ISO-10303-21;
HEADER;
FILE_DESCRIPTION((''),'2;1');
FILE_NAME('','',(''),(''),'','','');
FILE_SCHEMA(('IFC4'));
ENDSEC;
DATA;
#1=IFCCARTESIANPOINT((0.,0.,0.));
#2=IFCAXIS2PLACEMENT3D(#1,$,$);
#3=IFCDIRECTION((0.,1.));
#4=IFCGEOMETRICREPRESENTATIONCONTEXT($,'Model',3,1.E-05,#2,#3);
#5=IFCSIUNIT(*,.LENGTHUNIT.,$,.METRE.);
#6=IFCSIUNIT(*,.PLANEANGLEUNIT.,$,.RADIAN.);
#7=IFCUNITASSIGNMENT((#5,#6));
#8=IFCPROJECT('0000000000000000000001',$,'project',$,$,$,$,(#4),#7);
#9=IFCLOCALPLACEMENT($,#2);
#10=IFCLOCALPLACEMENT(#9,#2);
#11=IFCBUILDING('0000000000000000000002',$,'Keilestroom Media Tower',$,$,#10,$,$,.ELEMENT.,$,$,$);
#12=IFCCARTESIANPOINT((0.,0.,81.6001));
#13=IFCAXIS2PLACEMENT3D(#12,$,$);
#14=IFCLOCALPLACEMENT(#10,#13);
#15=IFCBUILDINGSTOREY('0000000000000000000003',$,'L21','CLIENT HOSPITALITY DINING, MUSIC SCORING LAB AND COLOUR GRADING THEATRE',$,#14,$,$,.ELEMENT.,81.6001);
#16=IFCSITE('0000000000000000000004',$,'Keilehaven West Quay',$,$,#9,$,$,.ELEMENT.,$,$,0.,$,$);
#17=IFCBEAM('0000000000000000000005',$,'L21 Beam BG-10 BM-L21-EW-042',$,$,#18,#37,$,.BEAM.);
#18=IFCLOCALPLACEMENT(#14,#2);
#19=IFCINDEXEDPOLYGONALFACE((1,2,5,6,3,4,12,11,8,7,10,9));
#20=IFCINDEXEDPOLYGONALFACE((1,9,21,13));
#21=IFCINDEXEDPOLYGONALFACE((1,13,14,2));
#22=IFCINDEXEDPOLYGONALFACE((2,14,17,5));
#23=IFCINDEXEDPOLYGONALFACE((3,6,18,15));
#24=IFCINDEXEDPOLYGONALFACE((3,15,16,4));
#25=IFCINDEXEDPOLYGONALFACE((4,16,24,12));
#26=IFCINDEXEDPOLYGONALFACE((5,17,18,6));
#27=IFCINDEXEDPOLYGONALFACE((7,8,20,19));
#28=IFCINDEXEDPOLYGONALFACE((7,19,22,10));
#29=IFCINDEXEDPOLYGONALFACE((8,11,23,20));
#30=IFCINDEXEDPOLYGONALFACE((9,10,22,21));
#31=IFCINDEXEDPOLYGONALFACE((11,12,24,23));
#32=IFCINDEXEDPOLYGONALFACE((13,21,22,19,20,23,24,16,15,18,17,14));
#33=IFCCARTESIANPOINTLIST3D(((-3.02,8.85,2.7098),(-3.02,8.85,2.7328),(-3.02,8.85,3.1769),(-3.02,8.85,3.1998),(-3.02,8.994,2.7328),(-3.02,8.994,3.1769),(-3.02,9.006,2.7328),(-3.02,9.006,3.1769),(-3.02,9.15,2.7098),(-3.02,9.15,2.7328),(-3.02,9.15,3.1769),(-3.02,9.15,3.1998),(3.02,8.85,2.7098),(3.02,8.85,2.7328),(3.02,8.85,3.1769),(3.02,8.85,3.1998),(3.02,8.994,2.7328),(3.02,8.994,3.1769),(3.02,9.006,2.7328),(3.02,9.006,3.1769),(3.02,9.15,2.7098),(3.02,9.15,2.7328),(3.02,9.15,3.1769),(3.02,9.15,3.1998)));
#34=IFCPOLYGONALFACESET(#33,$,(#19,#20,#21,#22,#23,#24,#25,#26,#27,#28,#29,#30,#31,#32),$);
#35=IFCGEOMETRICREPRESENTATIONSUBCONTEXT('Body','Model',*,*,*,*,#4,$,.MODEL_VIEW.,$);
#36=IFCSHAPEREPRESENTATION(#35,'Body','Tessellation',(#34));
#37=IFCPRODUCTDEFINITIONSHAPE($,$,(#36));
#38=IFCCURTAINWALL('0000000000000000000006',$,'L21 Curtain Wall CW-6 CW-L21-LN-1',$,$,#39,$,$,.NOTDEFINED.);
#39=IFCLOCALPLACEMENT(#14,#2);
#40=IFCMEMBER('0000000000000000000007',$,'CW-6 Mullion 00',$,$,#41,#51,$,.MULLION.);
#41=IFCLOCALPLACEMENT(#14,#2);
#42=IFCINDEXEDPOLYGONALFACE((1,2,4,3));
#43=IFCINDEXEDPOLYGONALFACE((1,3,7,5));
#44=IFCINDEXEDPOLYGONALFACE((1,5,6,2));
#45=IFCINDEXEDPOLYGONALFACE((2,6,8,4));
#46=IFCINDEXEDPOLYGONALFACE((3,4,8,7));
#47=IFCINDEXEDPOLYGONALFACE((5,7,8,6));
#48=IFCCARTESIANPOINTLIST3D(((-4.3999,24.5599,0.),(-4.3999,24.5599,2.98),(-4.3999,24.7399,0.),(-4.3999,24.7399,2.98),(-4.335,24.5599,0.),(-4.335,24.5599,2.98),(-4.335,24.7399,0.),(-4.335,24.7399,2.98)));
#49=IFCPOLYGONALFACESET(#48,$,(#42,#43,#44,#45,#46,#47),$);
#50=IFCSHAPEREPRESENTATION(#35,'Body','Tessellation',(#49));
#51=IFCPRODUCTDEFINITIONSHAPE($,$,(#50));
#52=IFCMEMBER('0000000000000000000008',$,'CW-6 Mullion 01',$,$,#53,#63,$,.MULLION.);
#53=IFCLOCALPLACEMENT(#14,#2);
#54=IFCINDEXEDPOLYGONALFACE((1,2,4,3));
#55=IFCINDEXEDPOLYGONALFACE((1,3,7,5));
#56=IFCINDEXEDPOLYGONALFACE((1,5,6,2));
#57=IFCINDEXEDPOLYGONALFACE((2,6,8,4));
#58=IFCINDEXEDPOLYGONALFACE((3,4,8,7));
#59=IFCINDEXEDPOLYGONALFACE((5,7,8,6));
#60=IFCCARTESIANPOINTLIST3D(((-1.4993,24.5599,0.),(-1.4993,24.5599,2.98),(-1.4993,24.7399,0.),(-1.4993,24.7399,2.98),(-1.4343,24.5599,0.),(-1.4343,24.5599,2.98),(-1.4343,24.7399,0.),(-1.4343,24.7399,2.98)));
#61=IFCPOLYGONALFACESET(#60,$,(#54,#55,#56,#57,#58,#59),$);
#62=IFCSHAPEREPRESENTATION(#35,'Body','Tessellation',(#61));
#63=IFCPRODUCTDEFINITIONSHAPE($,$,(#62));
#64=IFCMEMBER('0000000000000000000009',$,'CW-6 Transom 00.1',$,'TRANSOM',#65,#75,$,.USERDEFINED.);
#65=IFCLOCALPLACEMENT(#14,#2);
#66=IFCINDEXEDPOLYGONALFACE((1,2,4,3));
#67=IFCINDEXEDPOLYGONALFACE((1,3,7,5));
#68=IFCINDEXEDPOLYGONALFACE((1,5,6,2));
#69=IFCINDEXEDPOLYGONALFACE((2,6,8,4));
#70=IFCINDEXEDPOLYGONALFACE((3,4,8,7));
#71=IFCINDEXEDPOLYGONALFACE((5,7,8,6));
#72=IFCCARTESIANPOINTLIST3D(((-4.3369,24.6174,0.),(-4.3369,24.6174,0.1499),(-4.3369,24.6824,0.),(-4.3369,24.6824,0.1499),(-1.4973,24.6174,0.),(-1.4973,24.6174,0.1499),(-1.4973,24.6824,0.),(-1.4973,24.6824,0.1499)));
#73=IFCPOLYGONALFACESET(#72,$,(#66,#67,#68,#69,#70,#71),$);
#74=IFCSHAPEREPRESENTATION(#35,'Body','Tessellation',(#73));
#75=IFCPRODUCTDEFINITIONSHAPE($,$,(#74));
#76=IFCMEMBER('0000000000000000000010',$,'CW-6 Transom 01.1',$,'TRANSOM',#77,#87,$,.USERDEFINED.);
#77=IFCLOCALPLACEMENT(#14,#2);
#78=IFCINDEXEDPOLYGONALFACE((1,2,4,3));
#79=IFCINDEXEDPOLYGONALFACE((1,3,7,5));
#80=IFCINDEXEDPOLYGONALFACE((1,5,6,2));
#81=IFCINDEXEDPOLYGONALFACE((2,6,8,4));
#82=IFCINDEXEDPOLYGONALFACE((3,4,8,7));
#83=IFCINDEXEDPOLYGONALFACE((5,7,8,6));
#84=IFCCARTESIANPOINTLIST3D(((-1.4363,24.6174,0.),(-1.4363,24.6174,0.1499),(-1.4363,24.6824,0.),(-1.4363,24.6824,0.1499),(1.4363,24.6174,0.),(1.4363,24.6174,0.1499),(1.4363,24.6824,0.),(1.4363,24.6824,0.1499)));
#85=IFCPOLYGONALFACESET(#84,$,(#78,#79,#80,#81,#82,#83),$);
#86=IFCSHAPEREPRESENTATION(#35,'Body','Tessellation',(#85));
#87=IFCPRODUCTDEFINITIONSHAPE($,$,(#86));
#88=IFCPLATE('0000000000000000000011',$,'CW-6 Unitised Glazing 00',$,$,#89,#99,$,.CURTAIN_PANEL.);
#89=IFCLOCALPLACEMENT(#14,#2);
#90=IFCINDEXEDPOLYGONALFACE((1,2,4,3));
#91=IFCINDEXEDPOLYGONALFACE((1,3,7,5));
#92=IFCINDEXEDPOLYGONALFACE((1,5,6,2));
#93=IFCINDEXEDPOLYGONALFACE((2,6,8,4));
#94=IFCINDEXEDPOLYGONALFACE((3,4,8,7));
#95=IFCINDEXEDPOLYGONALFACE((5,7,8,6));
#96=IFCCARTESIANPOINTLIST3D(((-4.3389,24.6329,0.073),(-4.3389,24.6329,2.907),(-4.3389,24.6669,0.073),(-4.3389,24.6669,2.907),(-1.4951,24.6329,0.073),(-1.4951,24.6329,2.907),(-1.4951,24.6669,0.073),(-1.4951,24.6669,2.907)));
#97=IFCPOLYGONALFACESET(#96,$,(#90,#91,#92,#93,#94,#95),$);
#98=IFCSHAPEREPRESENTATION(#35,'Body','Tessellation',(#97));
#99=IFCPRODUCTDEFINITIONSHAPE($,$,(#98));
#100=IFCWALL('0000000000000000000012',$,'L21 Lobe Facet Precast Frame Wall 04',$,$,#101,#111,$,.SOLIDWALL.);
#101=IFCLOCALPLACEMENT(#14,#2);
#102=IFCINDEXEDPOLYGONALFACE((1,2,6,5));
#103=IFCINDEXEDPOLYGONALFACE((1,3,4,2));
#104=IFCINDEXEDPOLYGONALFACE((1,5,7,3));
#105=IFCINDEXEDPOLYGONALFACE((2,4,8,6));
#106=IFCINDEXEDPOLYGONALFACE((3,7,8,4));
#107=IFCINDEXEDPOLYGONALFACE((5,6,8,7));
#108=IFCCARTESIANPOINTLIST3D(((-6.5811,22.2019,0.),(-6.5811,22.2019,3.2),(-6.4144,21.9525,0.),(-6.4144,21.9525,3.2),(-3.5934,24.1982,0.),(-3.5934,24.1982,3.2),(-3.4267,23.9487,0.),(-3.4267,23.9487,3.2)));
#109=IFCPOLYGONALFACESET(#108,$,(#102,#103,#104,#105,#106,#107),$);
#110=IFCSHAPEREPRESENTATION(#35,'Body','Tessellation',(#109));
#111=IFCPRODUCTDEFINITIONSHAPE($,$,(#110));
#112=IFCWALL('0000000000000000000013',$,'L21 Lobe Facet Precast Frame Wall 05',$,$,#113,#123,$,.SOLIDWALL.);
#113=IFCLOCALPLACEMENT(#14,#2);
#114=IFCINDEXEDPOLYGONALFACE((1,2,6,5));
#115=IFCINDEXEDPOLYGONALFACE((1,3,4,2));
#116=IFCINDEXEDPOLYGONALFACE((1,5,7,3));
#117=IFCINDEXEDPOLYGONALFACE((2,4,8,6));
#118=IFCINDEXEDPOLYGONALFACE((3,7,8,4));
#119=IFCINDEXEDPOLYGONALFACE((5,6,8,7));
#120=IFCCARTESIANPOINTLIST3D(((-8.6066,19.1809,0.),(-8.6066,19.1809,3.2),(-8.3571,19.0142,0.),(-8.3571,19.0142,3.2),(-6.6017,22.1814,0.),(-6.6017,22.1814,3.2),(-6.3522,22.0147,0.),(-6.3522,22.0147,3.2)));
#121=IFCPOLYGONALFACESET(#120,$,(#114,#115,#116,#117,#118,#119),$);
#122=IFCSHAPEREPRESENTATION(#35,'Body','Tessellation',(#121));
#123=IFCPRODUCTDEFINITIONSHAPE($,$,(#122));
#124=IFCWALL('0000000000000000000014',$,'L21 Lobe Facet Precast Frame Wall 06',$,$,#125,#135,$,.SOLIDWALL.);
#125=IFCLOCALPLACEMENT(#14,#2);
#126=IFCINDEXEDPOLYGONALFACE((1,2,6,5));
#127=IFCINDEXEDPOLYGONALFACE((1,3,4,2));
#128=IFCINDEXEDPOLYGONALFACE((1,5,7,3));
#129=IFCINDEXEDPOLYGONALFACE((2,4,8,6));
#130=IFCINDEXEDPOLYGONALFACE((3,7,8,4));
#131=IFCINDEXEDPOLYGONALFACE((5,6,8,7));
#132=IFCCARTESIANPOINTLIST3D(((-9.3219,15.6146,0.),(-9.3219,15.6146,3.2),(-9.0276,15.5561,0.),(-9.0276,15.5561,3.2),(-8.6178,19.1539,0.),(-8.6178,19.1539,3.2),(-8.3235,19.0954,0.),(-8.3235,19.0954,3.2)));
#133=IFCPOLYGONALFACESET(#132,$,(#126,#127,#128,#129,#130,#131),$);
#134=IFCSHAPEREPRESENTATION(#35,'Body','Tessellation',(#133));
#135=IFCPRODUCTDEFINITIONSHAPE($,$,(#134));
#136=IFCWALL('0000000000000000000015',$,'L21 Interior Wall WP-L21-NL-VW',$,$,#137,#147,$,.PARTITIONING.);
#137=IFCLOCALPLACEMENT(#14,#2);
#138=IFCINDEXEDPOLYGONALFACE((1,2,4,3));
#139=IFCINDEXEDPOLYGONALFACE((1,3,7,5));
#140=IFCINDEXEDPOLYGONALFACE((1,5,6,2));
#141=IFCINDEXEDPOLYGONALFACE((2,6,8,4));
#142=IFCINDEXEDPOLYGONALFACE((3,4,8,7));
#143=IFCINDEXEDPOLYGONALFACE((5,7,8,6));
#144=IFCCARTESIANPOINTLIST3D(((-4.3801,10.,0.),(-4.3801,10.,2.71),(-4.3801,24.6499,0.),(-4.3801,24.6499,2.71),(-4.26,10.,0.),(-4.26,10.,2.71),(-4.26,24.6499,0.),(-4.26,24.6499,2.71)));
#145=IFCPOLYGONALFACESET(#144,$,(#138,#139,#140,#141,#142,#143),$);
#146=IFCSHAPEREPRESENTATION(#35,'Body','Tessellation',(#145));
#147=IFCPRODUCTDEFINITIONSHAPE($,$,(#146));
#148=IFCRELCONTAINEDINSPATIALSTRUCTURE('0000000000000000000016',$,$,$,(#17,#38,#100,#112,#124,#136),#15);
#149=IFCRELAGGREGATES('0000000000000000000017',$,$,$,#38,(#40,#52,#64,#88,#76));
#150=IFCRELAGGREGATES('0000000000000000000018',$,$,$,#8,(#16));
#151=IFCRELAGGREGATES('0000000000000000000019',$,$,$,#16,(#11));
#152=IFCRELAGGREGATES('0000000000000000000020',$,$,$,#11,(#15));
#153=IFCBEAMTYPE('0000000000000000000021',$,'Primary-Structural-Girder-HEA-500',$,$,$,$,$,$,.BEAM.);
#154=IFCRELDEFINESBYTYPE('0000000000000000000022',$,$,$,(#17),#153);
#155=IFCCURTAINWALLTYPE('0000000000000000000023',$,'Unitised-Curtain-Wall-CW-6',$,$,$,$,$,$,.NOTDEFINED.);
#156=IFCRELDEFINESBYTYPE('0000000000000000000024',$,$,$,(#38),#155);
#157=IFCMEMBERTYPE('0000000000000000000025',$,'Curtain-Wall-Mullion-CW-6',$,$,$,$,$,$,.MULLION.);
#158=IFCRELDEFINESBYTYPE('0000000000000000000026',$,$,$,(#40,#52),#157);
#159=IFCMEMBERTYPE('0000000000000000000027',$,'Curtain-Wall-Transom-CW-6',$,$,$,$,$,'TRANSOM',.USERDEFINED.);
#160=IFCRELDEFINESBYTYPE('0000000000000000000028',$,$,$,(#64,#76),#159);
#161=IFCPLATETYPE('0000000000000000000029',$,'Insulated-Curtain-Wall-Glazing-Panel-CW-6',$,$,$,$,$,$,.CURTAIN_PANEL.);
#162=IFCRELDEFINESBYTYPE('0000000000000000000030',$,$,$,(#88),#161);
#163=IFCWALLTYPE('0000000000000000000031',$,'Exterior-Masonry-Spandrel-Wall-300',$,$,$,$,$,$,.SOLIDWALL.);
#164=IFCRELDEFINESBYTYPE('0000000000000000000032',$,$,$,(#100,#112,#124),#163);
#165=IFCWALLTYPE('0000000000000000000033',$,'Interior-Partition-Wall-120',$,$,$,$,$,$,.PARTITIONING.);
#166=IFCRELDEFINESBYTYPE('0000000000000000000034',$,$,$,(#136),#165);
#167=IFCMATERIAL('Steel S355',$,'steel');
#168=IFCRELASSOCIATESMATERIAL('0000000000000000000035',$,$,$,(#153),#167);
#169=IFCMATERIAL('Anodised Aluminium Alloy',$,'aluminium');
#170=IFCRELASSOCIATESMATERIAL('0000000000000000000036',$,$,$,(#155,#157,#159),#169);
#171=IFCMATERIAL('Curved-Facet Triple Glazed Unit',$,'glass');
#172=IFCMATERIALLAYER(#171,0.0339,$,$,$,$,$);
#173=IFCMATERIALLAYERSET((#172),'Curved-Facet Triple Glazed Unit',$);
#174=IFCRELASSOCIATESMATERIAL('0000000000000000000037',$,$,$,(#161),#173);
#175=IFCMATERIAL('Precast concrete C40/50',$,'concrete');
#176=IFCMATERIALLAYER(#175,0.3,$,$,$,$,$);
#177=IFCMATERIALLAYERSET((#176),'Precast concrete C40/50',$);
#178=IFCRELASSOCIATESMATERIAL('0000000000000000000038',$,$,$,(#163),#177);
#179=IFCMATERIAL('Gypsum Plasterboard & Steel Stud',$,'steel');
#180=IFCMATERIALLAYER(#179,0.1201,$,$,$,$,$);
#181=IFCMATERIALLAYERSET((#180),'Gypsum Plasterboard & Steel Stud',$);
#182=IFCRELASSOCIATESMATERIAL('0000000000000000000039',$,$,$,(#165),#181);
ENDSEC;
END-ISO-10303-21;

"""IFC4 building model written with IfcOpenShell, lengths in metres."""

from ifc_helpers import new_model, si_unit, direction, frame, frame_2d, origin, origin_2d, place, context, subcontext, project, spatial, rectangle, i_section, extrude, source, transform, mapped, material, layer, layer_set, material_profile, profile_set, type_object, element, aggregate, save


model = new_model("IFC4")

# Units and contexts
model_context = context("Model", 3, precision=1e-05, world=origin(), true_north=direction((0.0, 1.0)))
body_context = subcontext(model_context, "Body", "Model", "MODEL_VIEW")
ifc_project = project(units=[si_unit("LENGTHUNIT", "METRE"), si_unit("PLANEANGLEUNIT", "RADIAN")], contexts=[model_context])

# Site, building, storey
site_placement = place(None, origin())
site = spatial("IfcSite", under=ifc_project, at=site_placement, Name="Keilehaven West Quay", CompositionType="ELEMENT", RefElevation=0.0)
building_placement = place(site_placement, origin())
building = spatial("IfcBuilding", under=site, at=building_placement, Name="Keilestroom Media Tower", CompositionType="ELEMENT")
storey_placement = place(building_placement, frame((0.0, 0.0, 81.6001)))
storey = spatial("IfcBuildingStorey", under=building, at=storey_placement, Name="L21", Description="CLIENT HOSPITALITY DINING, MUSIC SCORING LAB AND COLOUR GRADING THEATRE", CompositionType="ELEMENT", Elevation=81.6001)

# Beam
ifc_material_1 = material(Name="Steel S355", Category="steel")
ifc_material_profile_1 = material_profile(ifc_material_1, i_section(OverallWidth=0.3, OverallDepth=0.49, WebThickness=0.012, FlangeThickness=0.0229, at=origin_2d()), Name="HEA 500")
ifc_profile_set_1 = profile_set([ifc_material_profile_1], Name="Steel S355")
beam_type = type_object("IfcBeamType", Name="Primary-Structural-Girder-HEA-500", PredefinedType="BEAM", material=ifc_profile_set_1)
shared_shape_1 = source(origin(), body_context, "Body", "SweptSolid", [
    extrude(i_section(OverallWidth=0.3, OverallDepth=0.49, WebThickness=0.012, FlangeThickness=0.0229, at=origin_2d()), origin(), (0.0, 0.0, 1.0), 6.04),
])
beam_1_placement = place(storey_placement, frame((-3.02, 9.0, 2.9548), z_axis=(1.0, 0.0, 0.0), x_axis=(0.0, 1.0, 0.0)))
element("IfcBeam", 1, at=beam_1_placement, inside=storey, type_object=beam_type, Name="L21 Beam BG-10 BM-L21-EW-042", PredefinedType="BEAM", context=body_context, shape_type="MappedRepresentation", body=[
    mapped(shared_shape_1, transform((0.0, 0.0, 0.0), x_axis=(1.0, 0.0, 0.0), y_axis=(0.0, 1.0, 0.0), z_axis=(0.0, 0.0, 1.0), scale=1.0)),
])

# Curtain wall, members, plate
ifc_material_2 = material(Name="Anodised Aluminium Alloy", Category="aluminium")
curtain_wall_type = type_object("IfcCurtainWallType", Name="Unitised-Curtain-Wall-CW-6", PredefinedType="NOTDEFINED", material=ifc_material_2)
curtain_wall_placement = place(storey_placement, origin())
curtain_wall = element("IfcCurtainWall", 2, at=curtain_wall_placement, inside=storey, type_object=curtain_wall_type, Name="L21 Curtain Wall CW-6 CW-L21-LN-1", PredefinedType="NOTDEFINED")
ifc_material_profile_2 = material_profile(ifc_material_2, rectangle(XDim=0.0649, YDim=0.1799, at=origin_2d()), Name="ALU MULLION 65x180")
ifc_profile_set_2 = profile_set([ifc_material_profile_2], Name="Anodised Aluminium Alloy")
member_type_1 = type_object("IfcMemberType", Name="Curtain-Wall-Mullion-CW-6", PredefinedType="MULLION", material=ifc_profile_set_2)
shared_shape_2 = source(origin(), body_context, "Body", "SweptSolid", [
    extrude(rectangle(XDim=0.0649, YDim=0.1799, at=origin_2d()), origin(), (0.0, 0.0, 1.0), 2.98),
])
member_1_placement = place(storey_placement, frame((-4.3674, 24.6499, 0.0), z_axis=(0.0, 0.0, 1.0), x_axis=(1.0, 0.0, 0.0)))
member_1 = element("IfcMember", 3, at=member_1_placement, type_object=member_type_1, Name="CW-6 Mullion 00", PredefinedType="MULLION", context=body_context, shape_type="MappedRepresentation", body=[
    mapped(shared_shape_2, transform((0.0, 0.0, 0.0), x_axis=(1.0, 0.0, 0.0), y_axis=(0.0, 1.0, 0.0), z_axis=(0.0, 0.0, 1.0), scale=1.0)),
])
member_2_placement = place(storey_placement, frame((-1.4668, 24.6499, 0.0), z_axis=(0.0, 0.0, 1.0), x_axis=(1.0, 0.0, 0.0)))
member_2 = element("IfcMember", 4, at=member_2_placement, type_object=member_type_1, Name="CW-6 Mullion 01", PredefinedType="MULLION", context=body_context, shape_type="MappedRepresentation", body=[
    mapped(shared_shape_2, transform((0.0, 0.0, 0.0), x_axis=(1.0, 0.0, 0.0), y_axis=(0.0, 1.0, 0.0), z_axis=(0.0, 0.0, 1.0), scale=1.0)),
])
ifc_material_profile_3 = material_profile(ifc_material_2, rectangle(XDim=0.0649, YDim=0.1499, at=origin_2d()), Name="ALU TRANSOM 65x150")
ifc_profile_set_3 = profile_set([ifc_material_profile_3], Name="Anodised Aluminium Alloy")
member_type_2 = type_object("IfcMemberType", Name="Curtain-Wall-Transom-CW-6", ElementType="TRANSOM", PredefinedType="USERDEFINED", material=ifc_profile_set_3)
shared_shape_3 = source(origin(), body_context, "Body", "SweptSolid", [
    extrude(rectangle(XDim=0.0649, YDim=0.1499, at=origin_2d()), origin(), (0.0, 0.0, 1.0), 2.8396),
])
member_3_placement = place(storey_placement, frame((-4.3369, 24.6499, 0.075), z_axis=(1.0, 0.0, 0.0), x_axis=(0.0, 1.0, 0.0)))
member_3 = element("IfcMember", 5, at=member_3_placement, type_object=member_type_2, Name="CW-6 Transom 00.1", ObjectType="TRANSOM", PredefinedType="USERDEFINED", context=body_context, shape_type="MappedRepresentation", body=[
    mapped(shared_shape_3, transform((0.0, 0.0, 0.0), x_axis=(1.0, 0.0, 0.0), y_axis=(0.0, 1.0, 0.0), z_axis=(0.0, 0.0, 1.0), scale=1.0)),
])
shared_shape_4 = source(origin(), body_context, "Body", "SweptSolid", [
    extrude(rectangle(XDim=0.0649, YDim=0.1499, at=origin_2d()), origin(), (0.0, 0.0, 1.0), 2.8726),
])
member_4_placement = place(storey_placement, frame((-1.4363, 24.6499, 0.075), z_axis=(1.0, 0.0, 0.0), x_axis=(0.0, 1.0, 0.0)))
member_4 = element("IfcMember", 6, at=member_4_placement, type_object=member_type_2, Name="CW-6 Transom 01.1", ObjectType="TRANSOM", PredefinedType="USERDEFINED", context=body_context, shape_type="MappedRepresentation", body=[
    mapped(shared_shape_4, transform((0.0, 0.0, 0.0), x_axis=(1.0, 0.0, 0.0), y_axis=(0.0, 1.0, 0.0), z_axis=(0.0, 0.0, 1.0), scale=1.0)),
])
ifc_material_3 = material(Name="Curved-Facet Triple Glazed Unit", Category="glass")
ifc_layer_1 = layer(ifc_material_3, 0.0339)
ifc_layer_set_1 = layer_set([ifc_layer_1], Name="Curved-Facet Triple Glazed Unit")
plate_type = type_object("IfcPlateType", Name="Insulated-Curtain-Wall-Glazing-Panel-CW-6", PredefinedType="CURTAIN_PANEL", material=ifc_layer_set_1)
shared_shape_5 = source(origin(), body_context, "Body", "SweptSolid", [
    extrude(rectangle(XDim=2.8438, YDim=0.0339, at=origin_2d()), origin(), (0.0, 0.0, 1.0), 2.834),
])
plate_placement = place(storey_placement, frame((-2.917, 24.6499, 0.073), z_axis=(0.0, 0.0, 1.0), x_axis=(1.0, 0.0, 0.0)))
plate = element("IfcPlate", 7, at=plate_placement, type_object=plate_type, Name="CW-6 Unitised Glazing 00", PredefinedType="CURTAIN_PANEL", context=body_context, shape_type="MappedRepresentation", body=[
    mapped(shared_shape_5, transform((0.0, 0.0, 0.0), x_axis=(1.0, 0.0, 0.0), y_axis=(0.0, 1.0, 0.0), z_axis=(0.0, 0.0, 1.0), scale=1.0)),
])
aggregate(curtain_wall, [member_1, member_2, member_3, plate, member_4])

# Walls
ifc_material_4 = material(Name="Precast concrete C40/50", Category="concrete")
ifc_layer_2 = layer(ifc_material_4, 0.3)
ifc_layer_set_2 = layer_set([ifc_layer_2], Name="Precast concrete C40/50")
wall_type_1 = type_object("IfcWallType", Name="Exterior-Masonry-Spandrel-Wall-300", PredefinedType="SOLIDWALL", material=ifc_layer_set_2)
wall_1_placement = place(storey_placement, frame((-3.51, 24.0735, 0.0), z_axis=(0.0, 0.0, 1.0), x_axis=(-0.831475, -0.555562, 0.0)))
element("IfcWall", 8, at=wall_1_placement, inside=storey, type_object=wall_type_1, Name="L21 Lobe Facet Precast Frame Wall 04", PredefinedType="SOLIDWALL", context=body_context, shape_type="SweptSolid", body=[
    extrude(rectangle(XDim=3.5933, YDim=0.3, at=frame_2d((1.7966, 0.0))), origin(), (0.0, 0.0, 1.0), 3.2),
])
for number, where, z_axis, x_axis, name in (
    (9, (-6.4771, 22.0979, 0.0), (0.0, 0.0, 1.0), (-0.555574, -0.831467, 0.0), "L21 Lobe Facet Precast Frame Wall 05"),
    (10, (-8.4707, 19.1245, 0.0), (0.0, 0.0, 1.0), (-0.195114, -0.980781, 0.0), "L21 Lobe Facet Precast Frame Wall 06"),
):
    element("IfcWall", number, at=place(storey_placement, frame(where, z_axis=z_axis, x_axis=x_axis)), inside=storey, type_object=wall_type_1, Name=name, PredefinedType="SOLIDWALL", context=body_context, shape_type="SweptSolid", body=[
        extrude(rectangle(XDim=3.6086, YDim=0.3, at=frame_2d((1.8042, 0.0))), origin(), (0.0, 0.0, 1.0), 3.2),
    ])
ifc_material_5 = material(Name="Gypsum Plasterboard & Steel Stud", Category="steel")
ifc_layer_3 = layer(ifc_material_5, 0.1201)
ifc_layer_set_3 = layer_set([ifc_layer_3], Name="Gypsum Plasterboard & Steel Stud")
wall_type_2 = type_object("IfcWallType", Name="Interior-Partition-Wall-120", PredefinedType="PARTITIONING", material=ifc_layer_set_3)
wall_2_placement = place(storey_placement, frame((-4.3201, 10.0, 0.0), z_axis=(0.0, 0.0, 1.0), x_axis=(0.0, 1.0, 0.0)))
element("IfcWall", 11, at=wall_2_placement, inside=storey, type_object=wall_type_2, Name="L21 Interior Wall WP-L21-NL-VW", PredefinedType="PARTITIONING", context=body_context, shape_type="SweptSolid", body=[
    extrude(rectangle(XDim=14.6499, YDim=0.1201, at=frame_2d((7.325, 0.0))), origin(), (0.0, 0.0, 1.0), 2.71),
])

save(model, "model.ifc")
